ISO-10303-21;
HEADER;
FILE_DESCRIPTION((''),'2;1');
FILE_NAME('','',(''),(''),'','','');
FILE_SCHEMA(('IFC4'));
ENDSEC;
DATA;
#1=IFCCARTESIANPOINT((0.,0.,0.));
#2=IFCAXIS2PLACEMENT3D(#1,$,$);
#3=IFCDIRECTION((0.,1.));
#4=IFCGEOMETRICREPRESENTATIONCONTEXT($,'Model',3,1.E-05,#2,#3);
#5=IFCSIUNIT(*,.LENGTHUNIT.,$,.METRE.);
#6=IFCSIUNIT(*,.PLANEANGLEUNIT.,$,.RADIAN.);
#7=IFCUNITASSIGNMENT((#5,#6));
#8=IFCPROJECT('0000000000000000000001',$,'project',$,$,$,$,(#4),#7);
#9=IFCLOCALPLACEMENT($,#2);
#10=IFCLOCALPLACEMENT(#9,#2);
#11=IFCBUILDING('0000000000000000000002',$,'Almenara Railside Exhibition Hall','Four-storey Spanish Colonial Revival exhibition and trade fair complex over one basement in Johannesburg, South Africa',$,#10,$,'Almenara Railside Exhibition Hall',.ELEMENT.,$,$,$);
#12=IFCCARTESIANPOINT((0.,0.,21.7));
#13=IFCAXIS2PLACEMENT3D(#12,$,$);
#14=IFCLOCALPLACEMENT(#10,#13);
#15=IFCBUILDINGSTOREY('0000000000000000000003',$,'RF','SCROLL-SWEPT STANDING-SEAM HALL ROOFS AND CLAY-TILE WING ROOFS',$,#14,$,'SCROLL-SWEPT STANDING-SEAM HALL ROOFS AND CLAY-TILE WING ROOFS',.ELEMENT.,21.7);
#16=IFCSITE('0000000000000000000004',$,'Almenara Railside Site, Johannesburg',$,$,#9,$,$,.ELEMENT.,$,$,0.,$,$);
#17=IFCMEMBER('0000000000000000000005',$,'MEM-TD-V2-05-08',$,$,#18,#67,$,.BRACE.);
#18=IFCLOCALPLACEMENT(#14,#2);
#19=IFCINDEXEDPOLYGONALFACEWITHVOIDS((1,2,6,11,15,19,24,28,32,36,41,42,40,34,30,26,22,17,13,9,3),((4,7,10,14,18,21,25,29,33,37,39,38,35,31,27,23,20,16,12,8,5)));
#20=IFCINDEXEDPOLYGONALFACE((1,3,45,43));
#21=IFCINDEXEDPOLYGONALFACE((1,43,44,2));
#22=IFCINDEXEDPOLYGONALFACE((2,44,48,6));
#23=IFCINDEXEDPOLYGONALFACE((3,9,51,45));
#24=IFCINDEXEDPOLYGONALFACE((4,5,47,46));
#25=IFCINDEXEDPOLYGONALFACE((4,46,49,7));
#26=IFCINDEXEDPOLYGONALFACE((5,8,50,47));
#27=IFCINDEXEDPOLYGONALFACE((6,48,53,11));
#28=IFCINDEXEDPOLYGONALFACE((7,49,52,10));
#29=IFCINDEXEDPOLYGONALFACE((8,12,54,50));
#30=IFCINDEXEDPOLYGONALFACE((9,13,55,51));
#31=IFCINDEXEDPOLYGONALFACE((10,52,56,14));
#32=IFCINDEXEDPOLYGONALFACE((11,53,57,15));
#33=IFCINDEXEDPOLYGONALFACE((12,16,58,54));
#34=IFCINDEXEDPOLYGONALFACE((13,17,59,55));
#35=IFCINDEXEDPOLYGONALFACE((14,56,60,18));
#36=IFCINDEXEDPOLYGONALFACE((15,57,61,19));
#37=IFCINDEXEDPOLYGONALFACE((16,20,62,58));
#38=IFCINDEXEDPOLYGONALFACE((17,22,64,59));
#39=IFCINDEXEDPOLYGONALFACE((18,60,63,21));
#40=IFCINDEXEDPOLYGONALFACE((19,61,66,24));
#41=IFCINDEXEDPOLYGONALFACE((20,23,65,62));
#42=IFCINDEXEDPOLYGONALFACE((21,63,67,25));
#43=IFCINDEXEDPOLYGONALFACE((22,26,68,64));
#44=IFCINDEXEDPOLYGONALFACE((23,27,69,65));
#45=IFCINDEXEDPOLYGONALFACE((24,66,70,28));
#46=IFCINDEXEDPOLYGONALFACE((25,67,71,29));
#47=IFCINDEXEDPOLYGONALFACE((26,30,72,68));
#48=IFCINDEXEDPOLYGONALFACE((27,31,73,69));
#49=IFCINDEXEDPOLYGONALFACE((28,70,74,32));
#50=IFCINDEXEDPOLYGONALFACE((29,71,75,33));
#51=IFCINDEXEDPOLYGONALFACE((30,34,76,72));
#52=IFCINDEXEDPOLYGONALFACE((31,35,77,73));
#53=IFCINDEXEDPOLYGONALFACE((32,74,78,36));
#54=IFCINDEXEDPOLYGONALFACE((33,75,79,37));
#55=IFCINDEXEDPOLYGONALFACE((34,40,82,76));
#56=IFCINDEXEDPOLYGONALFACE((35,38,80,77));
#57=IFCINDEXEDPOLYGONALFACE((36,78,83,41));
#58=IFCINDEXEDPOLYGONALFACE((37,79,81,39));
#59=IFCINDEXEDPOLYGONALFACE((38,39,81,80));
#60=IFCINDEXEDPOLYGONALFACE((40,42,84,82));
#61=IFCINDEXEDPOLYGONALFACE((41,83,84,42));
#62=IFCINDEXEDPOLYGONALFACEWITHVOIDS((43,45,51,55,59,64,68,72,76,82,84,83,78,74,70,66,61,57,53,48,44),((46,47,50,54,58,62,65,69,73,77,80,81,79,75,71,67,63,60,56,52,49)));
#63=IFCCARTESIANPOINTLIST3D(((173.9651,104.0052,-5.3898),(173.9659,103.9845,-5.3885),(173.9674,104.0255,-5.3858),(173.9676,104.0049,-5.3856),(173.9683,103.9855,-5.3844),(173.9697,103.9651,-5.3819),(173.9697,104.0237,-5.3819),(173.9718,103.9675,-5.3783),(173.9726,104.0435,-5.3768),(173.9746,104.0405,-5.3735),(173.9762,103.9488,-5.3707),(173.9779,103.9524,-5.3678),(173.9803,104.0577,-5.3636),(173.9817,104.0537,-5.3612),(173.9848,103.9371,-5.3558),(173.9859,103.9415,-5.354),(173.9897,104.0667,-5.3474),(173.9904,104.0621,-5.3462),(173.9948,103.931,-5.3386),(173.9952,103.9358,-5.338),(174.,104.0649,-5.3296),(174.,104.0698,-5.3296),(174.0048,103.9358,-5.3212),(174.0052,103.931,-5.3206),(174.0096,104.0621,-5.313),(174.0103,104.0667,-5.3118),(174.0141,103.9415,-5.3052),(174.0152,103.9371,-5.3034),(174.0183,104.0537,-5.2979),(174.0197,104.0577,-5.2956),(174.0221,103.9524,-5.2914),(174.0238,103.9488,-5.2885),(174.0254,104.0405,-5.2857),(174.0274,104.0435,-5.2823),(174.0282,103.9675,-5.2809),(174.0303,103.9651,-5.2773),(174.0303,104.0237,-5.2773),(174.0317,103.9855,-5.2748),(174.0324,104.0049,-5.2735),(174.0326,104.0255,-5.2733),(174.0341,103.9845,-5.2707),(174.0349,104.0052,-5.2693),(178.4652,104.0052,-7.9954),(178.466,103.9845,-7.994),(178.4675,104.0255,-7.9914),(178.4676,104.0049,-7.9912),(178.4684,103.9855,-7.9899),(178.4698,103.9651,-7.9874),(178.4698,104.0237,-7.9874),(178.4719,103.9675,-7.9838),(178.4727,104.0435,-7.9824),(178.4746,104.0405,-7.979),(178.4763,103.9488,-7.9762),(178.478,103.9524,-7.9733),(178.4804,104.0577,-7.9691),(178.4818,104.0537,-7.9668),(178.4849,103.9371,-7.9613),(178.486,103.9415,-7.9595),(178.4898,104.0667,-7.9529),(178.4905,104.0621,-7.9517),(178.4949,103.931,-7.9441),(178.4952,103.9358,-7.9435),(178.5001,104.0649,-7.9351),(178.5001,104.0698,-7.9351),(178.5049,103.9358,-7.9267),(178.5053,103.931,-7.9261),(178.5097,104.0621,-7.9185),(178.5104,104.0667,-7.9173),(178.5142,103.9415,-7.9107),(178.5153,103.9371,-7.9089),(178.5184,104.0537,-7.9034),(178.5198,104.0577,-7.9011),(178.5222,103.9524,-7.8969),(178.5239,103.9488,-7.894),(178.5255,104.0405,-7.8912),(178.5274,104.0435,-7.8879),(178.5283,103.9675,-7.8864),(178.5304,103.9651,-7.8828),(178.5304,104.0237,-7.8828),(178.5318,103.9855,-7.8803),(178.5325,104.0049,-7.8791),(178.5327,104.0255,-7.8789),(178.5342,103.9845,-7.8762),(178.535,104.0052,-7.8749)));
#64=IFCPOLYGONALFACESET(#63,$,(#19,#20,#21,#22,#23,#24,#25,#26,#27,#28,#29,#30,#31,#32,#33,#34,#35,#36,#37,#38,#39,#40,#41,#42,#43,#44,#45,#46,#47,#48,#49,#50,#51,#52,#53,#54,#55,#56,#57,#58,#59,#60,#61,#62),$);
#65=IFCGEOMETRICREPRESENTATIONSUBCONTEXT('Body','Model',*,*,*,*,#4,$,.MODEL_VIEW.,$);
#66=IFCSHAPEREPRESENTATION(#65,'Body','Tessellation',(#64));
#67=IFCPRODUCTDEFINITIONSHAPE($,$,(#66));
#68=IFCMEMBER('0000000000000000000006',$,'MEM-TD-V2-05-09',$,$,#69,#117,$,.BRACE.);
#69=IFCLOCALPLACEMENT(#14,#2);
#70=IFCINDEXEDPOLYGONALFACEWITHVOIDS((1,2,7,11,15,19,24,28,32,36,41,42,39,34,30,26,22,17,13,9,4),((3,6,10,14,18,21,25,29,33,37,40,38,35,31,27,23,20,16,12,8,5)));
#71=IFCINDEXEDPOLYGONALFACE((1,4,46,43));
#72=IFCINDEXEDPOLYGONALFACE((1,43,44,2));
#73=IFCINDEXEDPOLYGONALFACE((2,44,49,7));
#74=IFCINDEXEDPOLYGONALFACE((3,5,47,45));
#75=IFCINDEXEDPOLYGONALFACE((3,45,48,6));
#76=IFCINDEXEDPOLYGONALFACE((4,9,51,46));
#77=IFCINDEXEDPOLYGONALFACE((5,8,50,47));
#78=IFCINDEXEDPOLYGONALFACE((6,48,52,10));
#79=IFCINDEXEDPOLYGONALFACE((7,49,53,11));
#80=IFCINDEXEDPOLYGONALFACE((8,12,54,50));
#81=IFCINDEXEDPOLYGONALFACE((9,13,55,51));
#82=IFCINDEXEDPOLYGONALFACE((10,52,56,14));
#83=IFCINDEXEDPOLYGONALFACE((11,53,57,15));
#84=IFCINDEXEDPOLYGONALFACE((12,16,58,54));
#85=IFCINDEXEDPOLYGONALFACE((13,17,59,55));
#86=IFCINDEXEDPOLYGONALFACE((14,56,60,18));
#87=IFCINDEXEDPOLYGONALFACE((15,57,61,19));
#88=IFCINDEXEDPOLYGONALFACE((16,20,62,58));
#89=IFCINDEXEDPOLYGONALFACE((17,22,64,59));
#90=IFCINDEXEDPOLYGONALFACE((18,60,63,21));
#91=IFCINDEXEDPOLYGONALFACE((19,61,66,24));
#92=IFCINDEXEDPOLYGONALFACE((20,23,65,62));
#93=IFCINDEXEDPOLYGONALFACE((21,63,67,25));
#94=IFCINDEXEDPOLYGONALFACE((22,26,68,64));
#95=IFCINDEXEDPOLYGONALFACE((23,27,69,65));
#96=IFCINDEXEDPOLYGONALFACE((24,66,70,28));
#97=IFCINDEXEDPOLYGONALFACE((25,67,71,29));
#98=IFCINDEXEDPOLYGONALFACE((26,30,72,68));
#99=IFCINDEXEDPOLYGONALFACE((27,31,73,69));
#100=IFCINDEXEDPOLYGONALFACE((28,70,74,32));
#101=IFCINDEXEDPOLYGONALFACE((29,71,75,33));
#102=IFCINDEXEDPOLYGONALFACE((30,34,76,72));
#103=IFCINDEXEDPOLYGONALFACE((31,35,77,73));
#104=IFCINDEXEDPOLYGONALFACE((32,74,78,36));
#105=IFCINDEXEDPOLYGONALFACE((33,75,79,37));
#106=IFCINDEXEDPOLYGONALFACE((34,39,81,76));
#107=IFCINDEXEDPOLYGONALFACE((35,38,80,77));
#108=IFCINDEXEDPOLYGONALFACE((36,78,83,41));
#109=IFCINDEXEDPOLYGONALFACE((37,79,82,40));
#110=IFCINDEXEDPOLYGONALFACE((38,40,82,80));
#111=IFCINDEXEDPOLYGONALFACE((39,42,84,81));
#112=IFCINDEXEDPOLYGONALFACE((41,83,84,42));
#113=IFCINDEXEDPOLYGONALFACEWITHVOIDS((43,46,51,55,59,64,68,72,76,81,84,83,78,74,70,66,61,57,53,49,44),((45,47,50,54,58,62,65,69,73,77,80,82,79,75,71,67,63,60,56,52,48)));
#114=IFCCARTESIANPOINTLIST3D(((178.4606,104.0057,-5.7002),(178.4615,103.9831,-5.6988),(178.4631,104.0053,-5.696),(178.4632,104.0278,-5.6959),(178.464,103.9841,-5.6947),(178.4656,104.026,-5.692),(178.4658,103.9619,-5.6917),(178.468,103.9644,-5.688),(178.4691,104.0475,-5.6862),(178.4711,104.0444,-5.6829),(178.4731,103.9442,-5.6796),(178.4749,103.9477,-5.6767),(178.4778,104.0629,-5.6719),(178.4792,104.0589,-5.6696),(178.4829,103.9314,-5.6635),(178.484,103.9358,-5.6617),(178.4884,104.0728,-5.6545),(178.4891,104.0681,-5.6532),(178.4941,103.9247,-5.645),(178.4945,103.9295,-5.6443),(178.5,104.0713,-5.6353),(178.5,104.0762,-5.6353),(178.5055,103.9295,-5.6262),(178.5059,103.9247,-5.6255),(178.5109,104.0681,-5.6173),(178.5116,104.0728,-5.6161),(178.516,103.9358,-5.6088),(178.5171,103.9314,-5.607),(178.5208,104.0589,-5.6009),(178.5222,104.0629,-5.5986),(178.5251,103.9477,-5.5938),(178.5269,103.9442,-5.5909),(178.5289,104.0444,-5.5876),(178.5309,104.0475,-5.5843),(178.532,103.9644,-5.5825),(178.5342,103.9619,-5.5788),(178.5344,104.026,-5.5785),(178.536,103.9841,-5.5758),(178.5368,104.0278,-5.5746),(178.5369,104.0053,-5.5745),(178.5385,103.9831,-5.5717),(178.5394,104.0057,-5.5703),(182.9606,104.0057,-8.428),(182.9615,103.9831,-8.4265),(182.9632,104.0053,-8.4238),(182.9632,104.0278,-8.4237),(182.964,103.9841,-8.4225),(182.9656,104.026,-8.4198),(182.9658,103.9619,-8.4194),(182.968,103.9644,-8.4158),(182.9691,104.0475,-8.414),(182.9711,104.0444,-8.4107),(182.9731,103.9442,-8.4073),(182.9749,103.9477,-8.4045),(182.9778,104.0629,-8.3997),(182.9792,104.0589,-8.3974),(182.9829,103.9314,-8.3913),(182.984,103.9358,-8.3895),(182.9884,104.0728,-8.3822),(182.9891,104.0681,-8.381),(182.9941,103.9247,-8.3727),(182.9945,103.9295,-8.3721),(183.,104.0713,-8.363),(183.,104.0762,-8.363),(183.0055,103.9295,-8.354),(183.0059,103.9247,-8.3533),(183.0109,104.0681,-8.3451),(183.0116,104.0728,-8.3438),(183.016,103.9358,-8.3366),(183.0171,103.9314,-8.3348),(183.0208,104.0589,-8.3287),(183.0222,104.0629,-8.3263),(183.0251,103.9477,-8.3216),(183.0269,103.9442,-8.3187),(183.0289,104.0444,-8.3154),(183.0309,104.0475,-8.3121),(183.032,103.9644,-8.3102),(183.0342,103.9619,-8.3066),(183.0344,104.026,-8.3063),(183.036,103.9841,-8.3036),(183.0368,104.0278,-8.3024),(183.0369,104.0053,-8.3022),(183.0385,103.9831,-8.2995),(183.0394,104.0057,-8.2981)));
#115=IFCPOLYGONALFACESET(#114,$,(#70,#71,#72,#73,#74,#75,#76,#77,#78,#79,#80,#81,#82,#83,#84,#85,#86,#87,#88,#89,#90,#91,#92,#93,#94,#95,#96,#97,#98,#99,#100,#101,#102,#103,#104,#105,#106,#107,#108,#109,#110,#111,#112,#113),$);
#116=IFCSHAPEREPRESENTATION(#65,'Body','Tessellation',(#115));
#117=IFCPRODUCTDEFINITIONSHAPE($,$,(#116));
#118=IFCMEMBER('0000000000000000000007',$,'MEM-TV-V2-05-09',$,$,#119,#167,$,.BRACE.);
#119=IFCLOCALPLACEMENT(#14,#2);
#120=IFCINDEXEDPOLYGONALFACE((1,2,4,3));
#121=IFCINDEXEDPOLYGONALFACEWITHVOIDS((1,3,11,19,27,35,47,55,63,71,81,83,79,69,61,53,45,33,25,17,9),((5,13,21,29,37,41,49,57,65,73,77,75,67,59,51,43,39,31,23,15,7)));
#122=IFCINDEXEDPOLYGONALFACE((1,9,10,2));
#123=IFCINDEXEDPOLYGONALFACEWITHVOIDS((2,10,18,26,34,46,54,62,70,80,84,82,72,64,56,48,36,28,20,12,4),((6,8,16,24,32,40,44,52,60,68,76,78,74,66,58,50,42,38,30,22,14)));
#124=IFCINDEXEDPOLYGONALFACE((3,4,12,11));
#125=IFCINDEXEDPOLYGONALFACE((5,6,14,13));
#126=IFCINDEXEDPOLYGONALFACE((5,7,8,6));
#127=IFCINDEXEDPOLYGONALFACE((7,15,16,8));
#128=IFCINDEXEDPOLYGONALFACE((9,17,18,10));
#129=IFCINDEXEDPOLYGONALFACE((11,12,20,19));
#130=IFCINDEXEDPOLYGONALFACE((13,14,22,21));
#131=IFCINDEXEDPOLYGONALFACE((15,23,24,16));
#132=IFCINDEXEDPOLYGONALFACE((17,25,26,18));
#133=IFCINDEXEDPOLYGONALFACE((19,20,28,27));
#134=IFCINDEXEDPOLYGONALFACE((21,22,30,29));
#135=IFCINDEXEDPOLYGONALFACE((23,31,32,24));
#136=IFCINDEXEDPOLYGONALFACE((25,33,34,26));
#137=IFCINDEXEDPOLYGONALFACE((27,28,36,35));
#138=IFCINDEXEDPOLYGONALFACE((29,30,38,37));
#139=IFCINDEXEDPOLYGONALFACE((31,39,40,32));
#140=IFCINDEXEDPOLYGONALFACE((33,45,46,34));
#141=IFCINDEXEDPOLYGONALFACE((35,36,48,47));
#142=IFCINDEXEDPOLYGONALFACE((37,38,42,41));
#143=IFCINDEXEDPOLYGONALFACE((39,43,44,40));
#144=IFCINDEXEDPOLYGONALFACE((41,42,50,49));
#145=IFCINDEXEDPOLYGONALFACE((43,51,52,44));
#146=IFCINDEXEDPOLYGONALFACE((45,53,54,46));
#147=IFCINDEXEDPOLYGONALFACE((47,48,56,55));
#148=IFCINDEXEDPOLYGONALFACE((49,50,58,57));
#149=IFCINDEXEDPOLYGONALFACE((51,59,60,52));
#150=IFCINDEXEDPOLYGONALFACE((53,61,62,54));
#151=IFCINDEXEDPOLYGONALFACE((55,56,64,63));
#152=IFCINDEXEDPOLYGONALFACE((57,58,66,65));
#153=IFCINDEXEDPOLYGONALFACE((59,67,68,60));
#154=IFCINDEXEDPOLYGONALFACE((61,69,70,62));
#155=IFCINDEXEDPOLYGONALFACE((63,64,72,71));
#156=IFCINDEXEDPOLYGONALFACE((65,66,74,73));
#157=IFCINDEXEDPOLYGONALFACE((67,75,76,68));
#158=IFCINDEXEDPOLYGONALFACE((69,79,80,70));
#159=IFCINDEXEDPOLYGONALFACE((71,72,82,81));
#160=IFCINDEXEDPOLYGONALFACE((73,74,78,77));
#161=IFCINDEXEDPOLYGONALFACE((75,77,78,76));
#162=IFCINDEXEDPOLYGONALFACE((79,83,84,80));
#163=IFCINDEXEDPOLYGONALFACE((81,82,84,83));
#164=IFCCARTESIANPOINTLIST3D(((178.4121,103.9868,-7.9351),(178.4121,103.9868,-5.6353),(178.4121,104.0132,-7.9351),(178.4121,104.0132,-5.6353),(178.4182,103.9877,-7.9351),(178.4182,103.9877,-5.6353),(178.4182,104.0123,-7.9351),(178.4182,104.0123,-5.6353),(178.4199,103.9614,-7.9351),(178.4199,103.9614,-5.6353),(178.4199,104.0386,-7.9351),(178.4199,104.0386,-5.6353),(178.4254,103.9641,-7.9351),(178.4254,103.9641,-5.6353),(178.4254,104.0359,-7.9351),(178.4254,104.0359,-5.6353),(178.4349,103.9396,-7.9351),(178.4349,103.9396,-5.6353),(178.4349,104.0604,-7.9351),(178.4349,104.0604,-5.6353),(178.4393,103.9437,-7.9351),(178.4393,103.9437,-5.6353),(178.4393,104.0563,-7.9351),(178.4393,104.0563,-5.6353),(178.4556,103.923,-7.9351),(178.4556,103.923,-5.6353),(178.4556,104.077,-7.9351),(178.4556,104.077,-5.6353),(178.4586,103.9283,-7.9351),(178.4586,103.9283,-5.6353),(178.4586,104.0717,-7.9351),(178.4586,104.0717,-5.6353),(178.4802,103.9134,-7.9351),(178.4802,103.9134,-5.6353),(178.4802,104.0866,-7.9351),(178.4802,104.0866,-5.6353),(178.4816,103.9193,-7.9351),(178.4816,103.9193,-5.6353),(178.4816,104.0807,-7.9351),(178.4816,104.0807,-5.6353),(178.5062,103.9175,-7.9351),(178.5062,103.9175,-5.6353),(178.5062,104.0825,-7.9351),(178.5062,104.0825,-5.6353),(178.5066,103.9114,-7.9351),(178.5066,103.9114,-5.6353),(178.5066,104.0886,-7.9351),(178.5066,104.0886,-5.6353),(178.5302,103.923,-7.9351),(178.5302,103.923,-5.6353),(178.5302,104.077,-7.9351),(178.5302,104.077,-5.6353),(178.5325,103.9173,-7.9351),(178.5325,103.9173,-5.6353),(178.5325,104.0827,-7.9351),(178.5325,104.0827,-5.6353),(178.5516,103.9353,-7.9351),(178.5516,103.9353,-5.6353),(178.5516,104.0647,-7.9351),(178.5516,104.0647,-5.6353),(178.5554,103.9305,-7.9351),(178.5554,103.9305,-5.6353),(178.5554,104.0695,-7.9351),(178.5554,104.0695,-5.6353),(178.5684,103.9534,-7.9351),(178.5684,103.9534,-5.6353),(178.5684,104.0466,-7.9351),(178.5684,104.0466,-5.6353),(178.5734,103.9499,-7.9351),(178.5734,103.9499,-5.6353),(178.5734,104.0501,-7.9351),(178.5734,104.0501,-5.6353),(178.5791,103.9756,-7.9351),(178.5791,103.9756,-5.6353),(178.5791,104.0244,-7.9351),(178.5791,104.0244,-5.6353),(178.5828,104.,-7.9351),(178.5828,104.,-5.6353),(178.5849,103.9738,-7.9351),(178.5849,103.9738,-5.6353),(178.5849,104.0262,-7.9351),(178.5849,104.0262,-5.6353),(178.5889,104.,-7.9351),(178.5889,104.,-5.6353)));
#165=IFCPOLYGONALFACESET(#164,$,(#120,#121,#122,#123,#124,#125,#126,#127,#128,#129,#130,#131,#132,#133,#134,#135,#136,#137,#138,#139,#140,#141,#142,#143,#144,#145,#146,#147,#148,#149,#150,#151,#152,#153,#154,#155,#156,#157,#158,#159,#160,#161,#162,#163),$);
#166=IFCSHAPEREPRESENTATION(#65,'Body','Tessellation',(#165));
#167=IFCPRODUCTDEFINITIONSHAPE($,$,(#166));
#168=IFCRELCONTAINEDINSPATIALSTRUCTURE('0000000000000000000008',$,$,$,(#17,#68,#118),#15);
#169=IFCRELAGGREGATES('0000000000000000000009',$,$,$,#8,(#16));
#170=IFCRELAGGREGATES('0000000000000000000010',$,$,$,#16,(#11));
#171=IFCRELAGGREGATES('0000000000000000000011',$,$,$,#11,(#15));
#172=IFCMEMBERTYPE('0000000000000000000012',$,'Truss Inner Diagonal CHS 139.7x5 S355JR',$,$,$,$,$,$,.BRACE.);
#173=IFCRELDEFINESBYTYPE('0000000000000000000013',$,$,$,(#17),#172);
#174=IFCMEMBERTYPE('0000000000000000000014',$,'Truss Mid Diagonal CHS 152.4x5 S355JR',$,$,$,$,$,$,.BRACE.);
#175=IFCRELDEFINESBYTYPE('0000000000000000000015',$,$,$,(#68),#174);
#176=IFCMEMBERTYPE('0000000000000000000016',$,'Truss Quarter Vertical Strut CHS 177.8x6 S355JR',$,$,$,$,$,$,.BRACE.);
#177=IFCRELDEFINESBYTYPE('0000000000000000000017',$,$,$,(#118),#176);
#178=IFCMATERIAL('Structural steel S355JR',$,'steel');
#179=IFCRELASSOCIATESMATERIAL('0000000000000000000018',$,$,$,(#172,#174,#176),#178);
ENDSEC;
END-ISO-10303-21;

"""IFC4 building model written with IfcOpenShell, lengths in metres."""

from ifc_helpers import new_model, si_unit, direction, frame, origin, origin_2d, place, context, subcontext, project, spatial, hollow_circle, extrude, material, material_profile, profile_set, type_object, element, save


model = new_model("IFC4")

# Units and contexts
model_context = context("Model", 3, precision=1e-05, world=origin(), true_north=direction((0.0, 1.0)))
body_context = subcontext(model_context, "Body", "Model", "MODEL_VIEW")
ifc_project = project(units=[si_unit("LENGTHUNIT", "METRE"), si_unit("PLANEANGLEUNIT", "RADIAN")], contexts=[model_context])

# Site, building, storey
site_placement = place(None, origin())
site = spatial("IfcSite", under=ifc_project, at=site_placement, Name="Almenara Railside Site, Johannesburg", CompositionType="ELEMENT", RefElevation=0.0)
building_placement = place(site_placement, origin())
building = spatial("IfcBuilding", under=site, at=building_placement, Name="Almenara Railside Exhibition Hall", Description="Four-storey Spanish Colonial Revival exhibition and trade fair complex over one basement in Johannesburg, South Africa", LongName="Almenara Railside Exhibition Hall", CompositionType="ELEMENT")
storey_placement = place(building_placement, frame((0.0, 0.0, 21.7)))
storey = spatial("IfcBuildingStorey", under=building, at=storey_placement, Name="RF", Description="SCROLL-SWEPT STANDING-SEAM HALL ROOFS AND CLAY-TILE WING ROOFS", LongName="SCROLL-SWEPT STANDING-SEAM HALL ROOFS AND CLAY-TILE WING ROOFS", CompositionType="ELEMENT", Elevation=21.7)

# Shared definitions
ifc_material_1 = material(Name="Structural steel S355JR", Category="steel")

# Members
ifc_material_profile_1 = material_profile(ifc_material_1, hollow_circle(Radius=0.0698, WallThickness=0.0049, at=origin_2d()), Name="CHS 139.7x5")
ifc_profile_set_1 = profile_set([ifc_material_profile_1], Name="Structural steel S355JR")
member_type_1 = type_object("IfcMemberType", Name="Truss Inner Diagonal CHS 139.7x5 S355JR", PredefinedType="BRACE", material=ifc_profile_set_1)
member_1_placement = place(storey_placement, frame((174.0, 104.0, -5.3296), z_axis=(0.865409, 0.0, -0.501066), x_axis=(0.0, 1.0, 0.0)))
element("IfcMember", 1, at=member_1_placement, inside=storey, type_object=member_type_1, Name="MEM-TD-V2-05-08", PredefinedType="BRACE", context=body_context, shape_type="SweptSolid", body=[
    extrude(hollow_circle(Radius=0.0698, WallThickness=0.0049, at=origin_2d()), origin(), (0.0, 0.0, 1.0), 5.2),
])
ifc_material_profile_2 = material_profile(ifc_material_1, hollow_circle(Radius=0.0762, WallThickness=0.0049, at=origin_2d()), Name="CHS 152.4x5")
ifc_profile_set_2 = profile_set([ifc_material_profile_2], Name="Structural steel S355JR")
member_type_2 = type_object("IfcMemberType", Name="Truss Mid Diagonal CHS 152.4x5 S355JR", PredefinedType="BRACE", material=ifc_profile_set_2)
member_2_placement = place(storey_placement, frame((178.5, 104.0, -5.6353), z_axis=(0.855155, 0.0, -0.518373), x_axis=(0.0, 1.0, 0.0)))
element("IfcMember", 2, at=member_2_placement, inside=storey, type_object=member_type_2, Name="MEM-TD-V2-05-09", PredefinedType="BRACE", context=body_context, shape_type="SweptSolid", body=[
    extrude(hollow_circle(Radius=0.0762, WallThickness=0.0049, at=origin_2d()), origin(), (0.0, 0.0, 1.0), 5.2622),
])
ifc_material_profile_3 = material_profile(ifc_material_1, hollow_circle(Radius=0.0889, WallThickness=0.0061, at=origin_2d()), Name="CHS 177.8x6")
ifc_profile_set_3 = profile_set([ifc_material_profile_3], Name="Structural steel S355JR")
member_type_3 = type_object("IfcMemberType", Name="Truss Quarter Vertical Strut CHS 177.8x6 S355JR", PredefinedType="BRACE", material=ifc_profile_set_3)
member_3_placement = place(storey_placement, frame((178.5, 104.0, -7.9351), z_axis=(0.0, 0.0, 1.0), x_axis=(1.0, 0.0, 0.0)))
element("IfcMember", 3, at=member_3_placement, inside=storey, type_object=member_type_3, Name="MEM-TV-V2-05-09", PredefinedType="BRACE", context=body_context, shape_type="SweptSolid", body=[
    extrude(hollow_circle(Radius=0.0889, WallThickness=0.0061, at=origin_2d()), origin(), (0.0, 0.0, 1.0), 2.2998),
])

save(model, "model.ifc")
